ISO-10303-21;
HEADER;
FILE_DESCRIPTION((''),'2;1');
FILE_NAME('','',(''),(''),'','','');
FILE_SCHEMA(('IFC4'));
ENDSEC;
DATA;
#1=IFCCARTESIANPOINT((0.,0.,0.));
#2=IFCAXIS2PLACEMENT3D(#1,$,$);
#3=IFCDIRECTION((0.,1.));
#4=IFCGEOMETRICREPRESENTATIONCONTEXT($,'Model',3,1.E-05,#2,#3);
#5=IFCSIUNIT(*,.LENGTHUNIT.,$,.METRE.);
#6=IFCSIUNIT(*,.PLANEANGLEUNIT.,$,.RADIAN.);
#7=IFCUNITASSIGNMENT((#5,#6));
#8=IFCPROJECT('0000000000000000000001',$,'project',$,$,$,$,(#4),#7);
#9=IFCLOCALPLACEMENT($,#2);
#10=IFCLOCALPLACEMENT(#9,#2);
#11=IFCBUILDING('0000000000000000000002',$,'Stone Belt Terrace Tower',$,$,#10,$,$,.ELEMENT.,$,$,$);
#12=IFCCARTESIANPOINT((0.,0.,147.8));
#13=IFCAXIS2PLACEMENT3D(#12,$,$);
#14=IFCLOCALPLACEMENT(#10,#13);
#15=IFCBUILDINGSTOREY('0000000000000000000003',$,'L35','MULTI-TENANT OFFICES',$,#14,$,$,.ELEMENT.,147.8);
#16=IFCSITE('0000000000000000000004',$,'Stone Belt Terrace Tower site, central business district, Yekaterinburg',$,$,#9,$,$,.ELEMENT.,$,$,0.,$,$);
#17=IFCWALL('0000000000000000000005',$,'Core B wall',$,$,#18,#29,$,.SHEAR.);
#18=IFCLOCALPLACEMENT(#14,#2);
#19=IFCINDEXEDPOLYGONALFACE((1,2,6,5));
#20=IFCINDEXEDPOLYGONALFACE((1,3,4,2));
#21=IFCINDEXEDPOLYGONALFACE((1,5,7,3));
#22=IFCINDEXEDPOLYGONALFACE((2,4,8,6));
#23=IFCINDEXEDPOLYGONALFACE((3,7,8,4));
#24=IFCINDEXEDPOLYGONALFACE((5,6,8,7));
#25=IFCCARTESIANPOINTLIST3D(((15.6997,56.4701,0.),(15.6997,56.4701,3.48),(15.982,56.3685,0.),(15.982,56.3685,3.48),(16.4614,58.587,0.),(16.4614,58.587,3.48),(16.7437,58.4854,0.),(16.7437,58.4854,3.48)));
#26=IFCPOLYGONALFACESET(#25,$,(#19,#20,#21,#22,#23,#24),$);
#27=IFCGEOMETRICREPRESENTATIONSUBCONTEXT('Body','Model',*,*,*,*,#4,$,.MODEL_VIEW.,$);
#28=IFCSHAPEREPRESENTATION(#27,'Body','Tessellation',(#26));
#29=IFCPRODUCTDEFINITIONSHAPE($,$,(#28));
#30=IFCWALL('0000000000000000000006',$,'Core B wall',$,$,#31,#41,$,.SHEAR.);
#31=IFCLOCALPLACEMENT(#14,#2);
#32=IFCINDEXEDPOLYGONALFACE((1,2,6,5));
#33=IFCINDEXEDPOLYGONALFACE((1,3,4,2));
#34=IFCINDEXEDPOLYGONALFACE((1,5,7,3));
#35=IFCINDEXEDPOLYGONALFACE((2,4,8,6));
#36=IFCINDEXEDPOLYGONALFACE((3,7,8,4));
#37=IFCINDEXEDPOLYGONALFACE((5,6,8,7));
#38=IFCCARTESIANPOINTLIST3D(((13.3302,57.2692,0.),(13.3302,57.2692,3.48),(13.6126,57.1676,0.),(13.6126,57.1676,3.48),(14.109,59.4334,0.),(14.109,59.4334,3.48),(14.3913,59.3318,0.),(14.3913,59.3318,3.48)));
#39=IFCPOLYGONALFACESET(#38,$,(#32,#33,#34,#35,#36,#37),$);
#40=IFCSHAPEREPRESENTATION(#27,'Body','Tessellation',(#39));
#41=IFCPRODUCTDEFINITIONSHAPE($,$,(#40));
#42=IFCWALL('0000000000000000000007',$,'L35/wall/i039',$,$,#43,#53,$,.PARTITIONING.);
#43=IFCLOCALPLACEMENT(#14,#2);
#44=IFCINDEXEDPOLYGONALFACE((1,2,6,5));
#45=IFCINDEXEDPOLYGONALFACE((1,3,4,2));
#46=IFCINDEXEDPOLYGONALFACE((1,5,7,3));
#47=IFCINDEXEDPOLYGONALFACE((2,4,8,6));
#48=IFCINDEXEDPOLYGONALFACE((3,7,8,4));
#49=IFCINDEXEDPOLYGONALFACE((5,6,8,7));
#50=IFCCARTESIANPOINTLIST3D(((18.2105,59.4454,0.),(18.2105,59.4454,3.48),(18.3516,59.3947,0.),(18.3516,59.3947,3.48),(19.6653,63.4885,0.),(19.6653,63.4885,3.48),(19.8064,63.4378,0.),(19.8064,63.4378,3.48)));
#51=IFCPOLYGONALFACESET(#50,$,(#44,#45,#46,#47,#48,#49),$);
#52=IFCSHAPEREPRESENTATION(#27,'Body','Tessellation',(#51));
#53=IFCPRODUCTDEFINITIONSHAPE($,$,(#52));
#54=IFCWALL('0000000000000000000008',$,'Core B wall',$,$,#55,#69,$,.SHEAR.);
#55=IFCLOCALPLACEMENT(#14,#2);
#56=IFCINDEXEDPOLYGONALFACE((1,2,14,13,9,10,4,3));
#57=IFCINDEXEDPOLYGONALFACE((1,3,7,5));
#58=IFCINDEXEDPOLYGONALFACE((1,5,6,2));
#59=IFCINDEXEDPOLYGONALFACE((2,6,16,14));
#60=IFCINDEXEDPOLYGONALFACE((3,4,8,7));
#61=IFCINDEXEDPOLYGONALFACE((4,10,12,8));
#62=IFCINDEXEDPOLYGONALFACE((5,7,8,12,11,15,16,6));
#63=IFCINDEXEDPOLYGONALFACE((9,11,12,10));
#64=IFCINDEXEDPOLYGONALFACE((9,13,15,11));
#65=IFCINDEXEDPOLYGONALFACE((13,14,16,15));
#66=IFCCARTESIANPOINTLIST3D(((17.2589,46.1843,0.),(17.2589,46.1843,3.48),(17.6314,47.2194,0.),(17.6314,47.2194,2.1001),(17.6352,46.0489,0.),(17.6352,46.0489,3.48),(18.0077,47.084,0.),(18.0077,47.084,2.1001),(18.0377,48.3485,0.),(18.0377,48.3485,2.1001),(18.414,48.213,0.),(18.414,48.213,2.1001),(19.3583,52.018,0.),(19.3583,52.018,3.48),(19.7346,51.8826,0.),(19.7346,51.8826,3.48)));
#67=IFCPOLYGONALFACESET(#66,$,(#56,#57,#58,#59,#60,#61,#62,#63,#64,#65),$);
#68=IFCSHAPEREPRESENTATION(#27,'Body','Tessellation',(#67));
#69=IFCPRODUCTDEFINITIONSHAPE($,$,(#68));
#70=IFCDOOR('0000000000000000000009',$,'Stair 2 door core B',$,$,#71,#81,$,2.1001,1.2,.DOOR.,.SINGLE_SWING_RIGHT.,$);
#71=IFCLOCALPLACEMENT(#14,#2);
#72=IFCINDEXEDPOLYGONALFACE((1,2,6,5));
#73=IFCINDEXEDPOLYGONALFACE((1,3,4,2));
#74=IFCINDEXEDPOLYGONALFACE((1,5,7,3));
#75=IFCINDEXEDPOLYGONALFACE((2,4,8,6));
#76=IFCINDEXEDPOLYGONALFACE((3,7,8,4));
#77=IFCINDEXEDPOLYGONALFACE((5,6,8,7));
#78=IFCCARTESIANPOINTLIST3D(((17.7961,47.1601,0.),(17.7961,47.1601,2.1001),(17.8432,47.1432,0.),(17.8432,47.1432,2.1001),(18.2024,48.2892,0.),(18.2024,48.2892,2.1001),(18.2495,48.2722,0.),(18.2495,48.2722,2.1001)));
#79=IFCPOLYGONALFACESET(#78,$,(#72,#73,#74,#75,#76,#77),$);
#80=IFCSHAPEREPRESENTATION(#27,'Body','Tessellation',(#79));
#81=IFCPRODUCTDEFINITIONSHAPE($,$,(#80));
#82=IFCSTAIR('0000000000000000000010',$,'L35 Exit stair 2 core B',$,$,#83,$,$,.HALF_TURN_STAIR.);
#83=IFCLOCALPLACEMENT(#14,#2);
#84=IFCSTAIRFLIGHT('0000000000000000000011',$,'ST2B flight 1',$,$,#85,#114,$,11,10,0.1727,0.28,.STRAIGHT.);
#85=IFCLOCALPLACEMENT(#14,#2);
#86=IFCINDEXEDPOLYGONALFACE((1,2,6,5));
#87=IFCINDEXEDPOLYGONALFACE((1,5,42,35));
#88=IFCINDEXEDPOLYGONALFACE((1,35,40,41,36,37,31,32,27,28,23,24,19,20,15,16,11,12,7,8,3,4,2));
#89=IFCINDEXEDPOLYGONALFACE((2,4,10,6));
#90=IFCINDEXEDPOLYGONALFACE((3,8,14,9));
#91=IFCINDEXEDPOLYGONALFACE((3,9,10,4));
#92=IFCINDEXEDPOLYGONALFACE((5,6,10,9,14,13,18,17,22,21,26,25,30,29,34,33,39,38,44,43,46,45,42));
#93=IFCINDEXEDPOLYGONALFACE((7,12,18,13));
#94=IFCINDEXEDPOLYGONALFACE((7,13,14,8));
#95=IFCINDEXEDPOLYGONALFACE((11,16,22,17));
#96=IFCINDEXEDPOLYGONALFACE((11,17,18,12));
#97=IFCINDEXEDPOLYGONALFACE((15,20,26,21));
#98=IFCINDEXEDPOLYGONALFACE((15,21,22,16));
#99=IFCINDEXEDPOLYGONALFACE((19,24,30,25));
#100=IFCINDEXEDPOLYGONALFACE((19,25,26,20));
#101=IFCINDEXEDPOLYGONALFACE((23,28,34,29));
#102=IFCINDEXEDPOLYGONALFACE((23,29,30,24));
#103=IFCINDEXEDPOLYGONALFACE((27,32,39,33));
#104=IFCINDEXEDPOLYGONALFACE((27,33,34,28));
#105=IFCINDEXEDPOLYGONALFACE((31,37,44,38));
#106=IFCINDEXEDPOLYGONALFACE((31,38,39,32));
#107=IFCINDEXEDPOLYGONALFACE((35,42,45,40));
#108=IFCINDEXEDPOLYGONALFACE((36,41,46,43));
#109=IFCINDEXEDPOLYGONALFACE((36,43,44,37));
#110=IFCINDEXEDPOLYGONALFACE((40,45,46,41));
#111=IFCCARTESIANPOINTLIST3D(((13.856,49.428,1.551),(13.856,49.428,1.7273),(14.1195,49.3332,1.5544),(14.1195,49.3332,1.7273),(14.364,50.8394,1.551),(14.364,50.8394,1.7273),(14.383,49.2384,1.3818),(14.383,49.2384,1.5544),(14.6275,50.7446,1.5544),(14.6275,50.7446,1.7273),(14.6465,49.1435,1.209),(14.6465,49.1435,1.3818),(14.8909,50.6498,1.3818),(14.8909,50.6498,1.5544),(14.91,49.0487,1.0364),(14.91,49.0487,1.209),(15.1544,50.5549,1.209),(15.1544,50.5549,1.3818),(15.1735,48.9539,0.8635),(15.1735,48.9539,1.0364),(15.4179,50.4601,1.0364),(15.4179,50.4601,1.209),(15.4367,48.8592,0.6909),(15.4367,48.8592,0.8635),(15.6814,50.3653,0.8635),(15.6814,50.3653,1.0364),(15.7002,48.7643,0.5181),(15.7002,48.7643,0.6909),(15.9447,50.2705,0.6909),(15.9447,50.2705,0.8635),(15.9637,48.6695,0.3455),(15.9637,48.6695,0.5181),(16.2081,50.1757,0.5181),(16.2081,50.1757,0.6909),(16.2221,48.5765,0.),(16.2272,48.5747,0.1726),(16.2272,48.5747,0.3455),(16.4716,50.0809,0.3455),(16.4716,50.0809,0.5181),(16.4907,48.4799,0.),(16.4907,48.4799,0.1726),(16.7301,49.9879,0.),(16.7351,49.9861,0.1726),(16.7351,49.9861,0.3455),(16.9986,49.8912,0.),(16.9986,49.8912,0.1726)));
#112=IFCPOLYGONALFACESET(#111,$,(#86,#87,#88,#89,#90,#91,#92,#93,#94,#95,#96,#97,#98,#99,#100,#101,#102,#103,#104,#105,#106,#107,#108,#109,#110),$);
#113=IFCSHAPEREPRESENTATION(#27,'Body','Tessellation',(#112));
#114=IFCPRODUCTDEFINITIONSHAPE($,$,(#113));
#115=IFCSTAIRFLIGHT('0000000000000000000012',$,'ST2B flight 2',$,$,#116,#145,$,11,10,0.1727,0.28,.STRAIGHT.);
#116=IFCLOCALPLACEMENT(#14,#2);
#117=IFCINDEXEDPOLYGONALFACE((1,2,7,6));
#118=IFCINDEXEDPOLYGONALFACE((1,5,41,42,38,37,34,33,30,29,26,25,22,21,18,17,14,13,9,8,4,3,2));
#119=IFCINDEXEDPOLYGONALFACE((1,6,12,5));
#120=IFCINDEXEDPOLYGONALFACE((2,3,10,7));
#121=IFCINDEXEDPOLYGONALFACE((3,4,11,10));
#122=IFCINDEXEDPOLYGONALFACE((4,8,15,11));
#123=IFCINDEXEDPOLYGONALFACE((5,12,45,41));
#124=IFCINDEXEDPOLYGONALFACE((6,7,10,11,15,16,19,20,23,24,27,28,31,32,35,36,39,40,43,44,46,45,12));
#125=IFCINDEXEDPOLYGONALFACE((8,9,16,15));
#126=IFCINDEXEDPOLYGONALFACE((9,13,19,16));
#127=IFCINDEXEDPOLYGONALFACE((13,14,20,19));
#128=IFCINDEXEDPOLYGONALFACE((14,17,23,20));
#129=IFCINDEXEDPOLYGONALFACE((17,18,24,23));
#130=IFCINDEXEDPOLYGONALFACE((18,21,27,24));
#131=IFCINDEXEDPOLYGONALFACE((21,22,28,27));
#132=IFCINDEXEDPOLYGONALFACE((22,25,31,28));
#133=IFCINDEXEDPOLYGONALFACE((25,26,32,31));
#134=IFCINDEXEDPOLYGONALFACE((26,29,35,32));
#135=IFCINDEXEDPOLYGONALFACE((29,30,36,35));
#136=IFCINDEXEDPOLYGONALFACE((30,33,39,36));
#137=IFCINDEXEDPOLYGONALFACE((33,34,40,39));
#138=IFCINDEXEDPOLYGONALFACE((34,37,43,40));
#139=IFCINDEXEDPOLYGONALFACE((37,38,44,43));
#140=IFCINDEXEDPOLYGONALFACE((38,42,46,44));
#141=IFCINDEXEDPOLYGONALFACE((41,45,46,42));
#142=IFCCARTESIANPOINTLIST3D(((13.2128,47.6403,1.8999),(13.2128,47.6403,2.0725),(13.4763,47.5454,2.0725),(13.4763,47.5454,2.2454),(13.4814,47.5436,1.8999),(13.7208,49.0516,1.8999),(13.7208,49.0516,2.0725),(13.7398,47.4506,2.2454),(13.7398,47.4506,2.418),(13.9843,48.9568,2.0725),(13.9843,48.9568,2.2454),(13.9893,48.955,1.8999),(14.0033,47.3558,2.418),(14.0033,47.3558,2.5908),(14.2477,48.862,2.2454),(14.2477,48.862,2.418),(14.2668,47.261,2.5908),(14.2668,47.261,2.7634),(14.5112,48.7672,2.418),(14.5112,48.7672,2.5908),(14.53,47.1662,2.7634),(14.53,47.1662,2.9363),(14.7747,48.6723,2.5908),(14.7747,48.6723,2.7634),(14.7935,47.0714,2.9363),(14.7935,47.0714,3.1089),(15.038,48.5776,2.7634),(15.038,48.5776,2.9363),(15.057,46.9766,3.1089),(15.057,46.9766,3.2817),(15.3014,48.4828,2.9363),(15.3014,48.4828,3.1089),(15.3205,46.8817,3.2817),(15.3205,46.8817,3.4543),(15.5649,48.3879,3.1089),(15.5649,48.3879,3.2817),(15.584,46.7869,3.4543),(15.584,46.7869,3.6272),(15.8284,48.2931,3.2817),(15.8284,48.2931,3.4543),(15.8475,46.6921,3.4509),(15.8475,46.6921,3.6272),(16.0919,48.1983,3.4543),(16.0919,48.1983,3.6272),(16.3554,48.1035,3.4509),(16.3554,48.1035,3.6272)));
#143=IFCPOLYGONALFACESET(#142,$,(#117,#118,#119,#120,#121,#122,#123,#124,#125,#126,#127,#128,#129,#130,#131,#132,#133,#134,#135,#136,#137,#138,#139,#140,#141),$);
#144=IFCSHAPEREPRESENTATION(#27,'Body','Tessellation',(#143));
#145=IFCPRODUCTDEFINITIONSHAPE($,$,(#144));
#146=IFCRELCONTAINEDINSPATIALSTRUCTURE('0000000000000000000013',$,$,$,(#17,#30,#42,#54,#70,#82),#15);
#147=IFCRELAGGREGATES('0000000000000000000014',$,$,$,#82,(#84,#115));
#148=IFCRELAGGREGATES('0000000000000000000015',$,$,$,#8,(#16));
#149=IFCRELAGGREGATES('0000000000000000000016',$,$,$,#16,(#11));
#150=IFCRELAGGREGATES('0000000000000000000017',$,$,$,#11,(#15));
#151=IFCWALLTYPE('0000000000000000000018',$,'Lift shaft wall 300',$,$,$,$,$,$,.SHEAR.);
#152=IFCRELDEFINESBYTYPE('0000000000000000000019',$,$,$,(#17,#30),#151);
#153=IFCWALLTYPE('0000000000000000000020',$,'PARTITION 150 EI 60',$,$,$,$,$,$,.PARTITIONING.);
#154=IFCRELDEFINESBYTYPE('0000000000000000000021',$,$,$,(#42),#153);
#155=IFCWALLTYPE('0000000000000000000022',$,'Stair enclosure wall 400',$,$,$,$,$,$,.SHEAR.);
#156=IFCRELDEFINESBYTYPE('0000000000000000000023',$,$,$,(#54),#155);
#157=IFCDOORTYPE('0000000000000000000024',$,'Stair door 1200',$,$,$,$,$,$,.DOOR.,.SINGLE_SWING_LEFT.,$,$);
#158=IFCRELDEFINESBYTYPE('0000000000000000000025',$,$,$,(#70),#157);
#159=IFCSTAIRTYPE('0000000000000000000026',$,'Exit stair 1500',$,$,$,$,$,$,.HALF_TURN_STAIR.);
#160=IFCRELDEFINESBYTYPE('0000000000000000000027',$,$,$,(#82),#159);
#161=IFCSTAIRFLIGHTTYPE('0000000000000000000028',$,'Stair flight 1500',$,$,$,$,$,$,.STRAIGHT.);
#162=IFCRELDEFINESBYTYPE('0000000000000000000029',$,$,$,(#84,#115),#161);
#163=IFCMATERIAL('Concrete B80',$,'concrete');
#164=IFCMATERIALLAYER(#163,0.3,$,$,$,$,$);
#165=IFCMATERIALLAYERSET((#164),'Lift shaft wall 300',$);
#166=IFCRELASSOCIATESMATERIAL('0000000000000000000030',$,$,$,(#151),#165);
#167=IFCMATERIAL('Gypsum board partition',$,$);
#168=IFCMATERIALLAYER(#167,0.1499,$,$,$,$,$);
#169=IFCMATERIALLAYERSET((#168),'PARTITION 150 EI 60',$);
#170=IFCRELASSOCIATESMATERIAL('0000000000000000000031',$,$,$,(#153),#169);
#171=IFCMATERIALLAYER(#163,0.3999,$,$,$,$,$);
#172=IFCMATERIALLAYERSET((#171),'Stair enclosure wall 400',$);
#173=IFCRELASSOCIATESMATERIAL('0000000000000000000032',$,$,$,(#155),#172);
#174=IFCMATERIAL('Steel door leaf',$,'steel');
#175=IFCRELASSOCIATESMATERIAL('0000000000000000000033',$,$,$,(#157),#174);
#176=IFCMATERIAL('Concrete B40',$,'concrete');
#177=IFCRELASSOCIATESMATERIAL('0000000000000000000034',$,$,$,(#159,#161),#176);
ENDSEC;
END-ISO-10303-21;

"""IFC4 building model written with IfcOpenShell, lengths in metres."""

from ifc_helpers import new_model, si_unit, direction, frame, frame_2d, origin, place, context, subcontext, project, spatial, polyline, rectangle, outline, extrude, material, layer, layer_set, type_object, element, fill, aggregate, save


model = new_model("IFC4")

# Units and contexts
model_context = context("Model", 3, precision=1e-05, world=origin(), true_north=direction((0.0, 1.0)))
body_context = subcontext(model_context, "Body", "Model", "MODEL_VIEW")
ifc_project = project(units=[si_unit("LENGTHUNIT", "METRE"), si_unit("PLANEANGLEUNIT", "RADIAN")], contexts=[model_context])

# Site, building, storey
site_placement = place(None, origin())
site = spatial("IfcSite", under=ifc_project, at=site_placement, Name="Stone Belt Terrace Tower site, central business district, Yekaterinburg", CompositionType="ELEMENT", RefElevation=0.0)
building_placement = place(site_placement, origin())
building = spatial("IfcBuilding", under=site, at=building_placement, Name="Stone Belt Terrace Tower", CompositionType="ELEMENT")
storey_placement = place(building_placement, frame((0.0, 0.0, 147.8)))
storey = spatial("IfcBuildingStorey", under=building, at=storey_placement, Name="L35", Description="MULTI-TENANT OFFICES", CompositionType="ELEMENT", Elevation=147.8)

# Shared definitions
ifc_material_1 = material(Name="Concrete B80", Category="concrete")

# Walls
ifc_layer_1 = layer(ifc_material_1, 0.3)
ifc_layer_set_1 = layer_set([ifc_layer_1], Name="Lift shaft wall 300")
wall_type_1 = type_object("IfcWallType", Name="Lift shaft wall 300", PredefinedType="SHEAR", material=ifc_layer_set_1)
wall_1_placement = place(storey_placement, frame((15.8408, 56.4192, 0.0), z_axis=(0.0, 0.0, 1.0), x_axis=(0.33857, 0.940941, 0.0)))
element("IfcWall", 1, at=wall_1_placement, inside=storey, type_object=wall_type_1, Name="Core B wall", PredefinedType="SHEAR", context=body_context, shape_type="SweptSolid", body=[
    extrude(rectangle(XDim=2.2498, YDim=0.3, at=frame_2d((1.125, 0.0))), origin(), (0.0, 0.0, 1.0), 3.48),
])
wall_2_placement = place(storey_placement, frame((13.4714, 57.2185, 0.0), z_axis=(0.0, 0.0, 1.0), x_axis=(0.338588, 0.940935, 0.0)))
element("IfcWall", 2, at=wall_2_placement, inside=storey, type_object=wall_type_1, Name="Core B wall", PredefinedType="SHEAR", context=body_context, shape_type="SweptSolid", body=[
    extrude(rectangle(XDim=2.3, YDim=0.3, at=frame_2d((1.1499, 0.0))), origin(), (0.0, 0.0, 1.0), 3.48),
])
ifc_material_2 = material(Name="Gypsum board partition")
ifc_layer_2 = layer(ifc_material_2, 0.1499)
ifc_layer_set_2 = layer_set([ifc_layer_2], Name="PARTITION 150 EI 60")
wall_type_2 = type_object("IfcWallType", Name="PARTITION 150 EI 60", PredefinedType="PARTITIONING", material=ifc_layer_set_2)
wall_3_placement = place(storey_placement, frame((19.7358, 63.4631, 0.0), z_axis=(0.0, 0.0, 1.0), x_axis=(-0.338571, -0.940941, 0.0)))
element("IfcWall", 3, at=wall_3_placement, inside=storey, type_object=wall_type_2, Name="L35/wall/i039", PredefinedType="PARTITIONING", context=body_context, shape_type="SweptSolid", body=[
    extrude(rectangle(XDim=4.2969, YDim=0.1499, at=frame_2d((2.1484, 0.0))), origin(), (0.0, 0.0, 1.0), 3.48),
])

# Wall, opening, door
ifc_layer_3 = layer(ifc_material_1, 0.3999)
ifc_layer_set_3 = layer_set([ifc_layer_3], Name="Stair enclosure wall 400")
wall_type_3 = type_object("IfcWallType", Name="Stair enclosure wall 400", PredefinedType="SHEAR", material=ifc_layer_set_3)
wall_4_placement = place(storey_placement, frame((17.447, 46.1165, 0.0), z_axis=(0.0, 0.0, 1.0), x_axis=(0.338608, 0.940928, 0.0)))
wall_4 = element("IfcWall", 4, at=wall_4_placement, inside=storey, type_object=wall_type_3, Name="Core B wall", PredefinedType="SHEAR", context=body_context, shape_type="SweptSolid", body=[
    extrude(rectangle(XDim=6.2, YDim=0.3999, at=frame_2d((3.1001, 0.0))), origin(), (0.0, 0.0, 1.0), 3.48),
])
opening_1_placement = place(wall_4_placement, frame((1.1001, 0.0, 0.0)))
opening_1 = element("IfcOpeningElement", 5, at=opening_1_placement, cuts=wall_4, PredefinedType="OPENING", context=body_context, shape_type="SweptSolid", body=[
    extrude(rectangle(XDim=1.2, YDim=2.1001, at=frame_2d((0.6001, 1.05))), frame((0.0, 0.21, 0.0), z_axis=(0.0, -1.0, 0.0), x_axis=(1.0, 0.0, 0.0)), (0.0, 0.0, 1.0), 0.4199),
])
ifc_material_3 = material(Name="Steel door leaf", Category="steel")
door_type_1 = type_object("IfcDoorType", Name="Stair door 1200", OperationType="SINGLE_SWING_LEFT", PredefinedType="DOOR", material=ifc_material_3)
door_1_placement = place(opening_1_placement, origin())
door_1 = element("IfcDoor", 6, at=door_1_placement, inside=storey, type_object=door_type_1, Name="Stair 2 door core B", OperationType="SINGLE_SWING_RIGHT", OverallHeight=2.1001, OverallWidth=1.2, PredefinedType="DOOR", context=body_context, shape_type="SweptSolid", body=[
    extrude(rectangle(XDim=1.2, YDim=2.1001, at=frame_2d((0.6001, 1.05))), frame((0.0, 0.0249, 0.0), z_axis=(0.0, -1.0, 0.0), x_axis=(1.0, 0.0, 0.0)), (0.0, 0.0, 1.0), 0.05),
])
fill(opening_1, door_1)

# Stair, stair flights
ifc_material_4 = material(Name="Concrete B40", Category="concrete")
stair_type = type_object("IfcStairType", Name="Exit stair 1500", PredefinedType="HALF_TURN_STAIR", material=ifc_material_4)
stair_placement = place(storey_placement, origin())
stair = element("IfcStair", 7, at=stair_placement, inside=storey, type_object=stair_type, Name="L35 Exit stair 2 core B", PredefinedType="HALF_TURN_STAIR")
stair_flight_type = type_object("IfcStairFlightType", Name="Stair flight 1500", PredefinedType="STRAIGHT", material=ifc_material_4)
stair_flight_1_placement = place(storey_placement, frame((16.7446, 49.1855, 0.0), z_axis=(0.0, 0.0, 1.0), x_axis=(-0.940922, 0.338624, 0.0)))
stair_flight_1 = element("IfcStairFlight", 8, at=stair_flight_1_placement, type_object=stair_flight_type, Name="ST2B flight 1", NumberOfRisers=11, NumberOfTreads=10, PredefinedType="STRAIGHT", RiserHeight=0.1727, TreadLength=0.28, context=body_context, shape_type="SweptSolid", body=[
    extrude(outline(polyline([(0.0, 0.0), (0.0, 0.1726), (0.28, 0.1726), (0.28, 0.3455), (0.5601, 0.3455), (0.5601, 0.5181), (0.8401, 0.5181), (0.8401, 0.6909), (1.1201, 0.6909), (1.1201, 0.8635), (1.3999, 0.8635), (1.3999, 1.0364), (1.6799, 1.0364), (1.6799, 1.209), (1.96, 1.209), (1.96, 1.3818), (2.24, 1.3818), (2.24, 1.5544), (2.52, 1.5544), (2.52, 1.7273), (2.8, 1.7273), (2.8, 1.8999), (2.8, 1.551), (0.2854, 0.0), (0.0, 0.0)])), frame((0.0, 0.75, 0.0), z_axis=(0.0, -1.0, 0.0), x_axis=(1.0, 0.0, 0.0)), (0.0, 0.0, 1.0), 1.5),
])
stair_flight_2_placement = place(storey_placement, frame((13.4668, 48.3459, 1.8999), z_axis=(0.0, 0.0, 1.0), x_axis=(0.940922, -0.338624, 0.0)))
stair_flight_2 = element("IfcStairFlight", 9, at=stair_flight_2_placement, type_object=stair_flight_type, Name="ST2B flight 2", NumberOfRisers=11, NumberOfTreads=10, PredefinedType="STRAIGHT", RiserHeight=0.1727, TreadLength=0.28, context=body_context, shape_type="SweptSolid", body=[
    extrude(outline(polyline([(0.0, 0.0), (0.0, 0.1726), (0.28, 0.1726), (0.28, 0.3455), (0.5601, 0.3455), (0.5601, 0.5181), (0.8401, 0.5181), (0.8401, 0.6909), (1.1201, 0.6909), (1.1201, 0.8635), (1.3999, 0.8635), (1.3999, 1.0364), (1.6799, 1.0364), (1.6799, 1.209), (1.96, 1.209), (1.96, 1.3818), (2.24, 1.3818), (2.24, 1.5544), (2.52, 1.5544), (2.52, 1.7273), (2.8, 1.7273), (2.8, 1.8999), (2.8, 1.551), (0.2854, 0.0), (0.0, 0.0)])), frame((0.0, 0.75, 0.0), z_axis=(0.0, -1.0, 0.0), x_axis=(1.0, 0.0, 0.0)), (0.0, 0.0, 1.0), 1.5),
])
aggregate(stair, [stair_flight_1, stair_flight_2])

save(model, "model.ifc")
